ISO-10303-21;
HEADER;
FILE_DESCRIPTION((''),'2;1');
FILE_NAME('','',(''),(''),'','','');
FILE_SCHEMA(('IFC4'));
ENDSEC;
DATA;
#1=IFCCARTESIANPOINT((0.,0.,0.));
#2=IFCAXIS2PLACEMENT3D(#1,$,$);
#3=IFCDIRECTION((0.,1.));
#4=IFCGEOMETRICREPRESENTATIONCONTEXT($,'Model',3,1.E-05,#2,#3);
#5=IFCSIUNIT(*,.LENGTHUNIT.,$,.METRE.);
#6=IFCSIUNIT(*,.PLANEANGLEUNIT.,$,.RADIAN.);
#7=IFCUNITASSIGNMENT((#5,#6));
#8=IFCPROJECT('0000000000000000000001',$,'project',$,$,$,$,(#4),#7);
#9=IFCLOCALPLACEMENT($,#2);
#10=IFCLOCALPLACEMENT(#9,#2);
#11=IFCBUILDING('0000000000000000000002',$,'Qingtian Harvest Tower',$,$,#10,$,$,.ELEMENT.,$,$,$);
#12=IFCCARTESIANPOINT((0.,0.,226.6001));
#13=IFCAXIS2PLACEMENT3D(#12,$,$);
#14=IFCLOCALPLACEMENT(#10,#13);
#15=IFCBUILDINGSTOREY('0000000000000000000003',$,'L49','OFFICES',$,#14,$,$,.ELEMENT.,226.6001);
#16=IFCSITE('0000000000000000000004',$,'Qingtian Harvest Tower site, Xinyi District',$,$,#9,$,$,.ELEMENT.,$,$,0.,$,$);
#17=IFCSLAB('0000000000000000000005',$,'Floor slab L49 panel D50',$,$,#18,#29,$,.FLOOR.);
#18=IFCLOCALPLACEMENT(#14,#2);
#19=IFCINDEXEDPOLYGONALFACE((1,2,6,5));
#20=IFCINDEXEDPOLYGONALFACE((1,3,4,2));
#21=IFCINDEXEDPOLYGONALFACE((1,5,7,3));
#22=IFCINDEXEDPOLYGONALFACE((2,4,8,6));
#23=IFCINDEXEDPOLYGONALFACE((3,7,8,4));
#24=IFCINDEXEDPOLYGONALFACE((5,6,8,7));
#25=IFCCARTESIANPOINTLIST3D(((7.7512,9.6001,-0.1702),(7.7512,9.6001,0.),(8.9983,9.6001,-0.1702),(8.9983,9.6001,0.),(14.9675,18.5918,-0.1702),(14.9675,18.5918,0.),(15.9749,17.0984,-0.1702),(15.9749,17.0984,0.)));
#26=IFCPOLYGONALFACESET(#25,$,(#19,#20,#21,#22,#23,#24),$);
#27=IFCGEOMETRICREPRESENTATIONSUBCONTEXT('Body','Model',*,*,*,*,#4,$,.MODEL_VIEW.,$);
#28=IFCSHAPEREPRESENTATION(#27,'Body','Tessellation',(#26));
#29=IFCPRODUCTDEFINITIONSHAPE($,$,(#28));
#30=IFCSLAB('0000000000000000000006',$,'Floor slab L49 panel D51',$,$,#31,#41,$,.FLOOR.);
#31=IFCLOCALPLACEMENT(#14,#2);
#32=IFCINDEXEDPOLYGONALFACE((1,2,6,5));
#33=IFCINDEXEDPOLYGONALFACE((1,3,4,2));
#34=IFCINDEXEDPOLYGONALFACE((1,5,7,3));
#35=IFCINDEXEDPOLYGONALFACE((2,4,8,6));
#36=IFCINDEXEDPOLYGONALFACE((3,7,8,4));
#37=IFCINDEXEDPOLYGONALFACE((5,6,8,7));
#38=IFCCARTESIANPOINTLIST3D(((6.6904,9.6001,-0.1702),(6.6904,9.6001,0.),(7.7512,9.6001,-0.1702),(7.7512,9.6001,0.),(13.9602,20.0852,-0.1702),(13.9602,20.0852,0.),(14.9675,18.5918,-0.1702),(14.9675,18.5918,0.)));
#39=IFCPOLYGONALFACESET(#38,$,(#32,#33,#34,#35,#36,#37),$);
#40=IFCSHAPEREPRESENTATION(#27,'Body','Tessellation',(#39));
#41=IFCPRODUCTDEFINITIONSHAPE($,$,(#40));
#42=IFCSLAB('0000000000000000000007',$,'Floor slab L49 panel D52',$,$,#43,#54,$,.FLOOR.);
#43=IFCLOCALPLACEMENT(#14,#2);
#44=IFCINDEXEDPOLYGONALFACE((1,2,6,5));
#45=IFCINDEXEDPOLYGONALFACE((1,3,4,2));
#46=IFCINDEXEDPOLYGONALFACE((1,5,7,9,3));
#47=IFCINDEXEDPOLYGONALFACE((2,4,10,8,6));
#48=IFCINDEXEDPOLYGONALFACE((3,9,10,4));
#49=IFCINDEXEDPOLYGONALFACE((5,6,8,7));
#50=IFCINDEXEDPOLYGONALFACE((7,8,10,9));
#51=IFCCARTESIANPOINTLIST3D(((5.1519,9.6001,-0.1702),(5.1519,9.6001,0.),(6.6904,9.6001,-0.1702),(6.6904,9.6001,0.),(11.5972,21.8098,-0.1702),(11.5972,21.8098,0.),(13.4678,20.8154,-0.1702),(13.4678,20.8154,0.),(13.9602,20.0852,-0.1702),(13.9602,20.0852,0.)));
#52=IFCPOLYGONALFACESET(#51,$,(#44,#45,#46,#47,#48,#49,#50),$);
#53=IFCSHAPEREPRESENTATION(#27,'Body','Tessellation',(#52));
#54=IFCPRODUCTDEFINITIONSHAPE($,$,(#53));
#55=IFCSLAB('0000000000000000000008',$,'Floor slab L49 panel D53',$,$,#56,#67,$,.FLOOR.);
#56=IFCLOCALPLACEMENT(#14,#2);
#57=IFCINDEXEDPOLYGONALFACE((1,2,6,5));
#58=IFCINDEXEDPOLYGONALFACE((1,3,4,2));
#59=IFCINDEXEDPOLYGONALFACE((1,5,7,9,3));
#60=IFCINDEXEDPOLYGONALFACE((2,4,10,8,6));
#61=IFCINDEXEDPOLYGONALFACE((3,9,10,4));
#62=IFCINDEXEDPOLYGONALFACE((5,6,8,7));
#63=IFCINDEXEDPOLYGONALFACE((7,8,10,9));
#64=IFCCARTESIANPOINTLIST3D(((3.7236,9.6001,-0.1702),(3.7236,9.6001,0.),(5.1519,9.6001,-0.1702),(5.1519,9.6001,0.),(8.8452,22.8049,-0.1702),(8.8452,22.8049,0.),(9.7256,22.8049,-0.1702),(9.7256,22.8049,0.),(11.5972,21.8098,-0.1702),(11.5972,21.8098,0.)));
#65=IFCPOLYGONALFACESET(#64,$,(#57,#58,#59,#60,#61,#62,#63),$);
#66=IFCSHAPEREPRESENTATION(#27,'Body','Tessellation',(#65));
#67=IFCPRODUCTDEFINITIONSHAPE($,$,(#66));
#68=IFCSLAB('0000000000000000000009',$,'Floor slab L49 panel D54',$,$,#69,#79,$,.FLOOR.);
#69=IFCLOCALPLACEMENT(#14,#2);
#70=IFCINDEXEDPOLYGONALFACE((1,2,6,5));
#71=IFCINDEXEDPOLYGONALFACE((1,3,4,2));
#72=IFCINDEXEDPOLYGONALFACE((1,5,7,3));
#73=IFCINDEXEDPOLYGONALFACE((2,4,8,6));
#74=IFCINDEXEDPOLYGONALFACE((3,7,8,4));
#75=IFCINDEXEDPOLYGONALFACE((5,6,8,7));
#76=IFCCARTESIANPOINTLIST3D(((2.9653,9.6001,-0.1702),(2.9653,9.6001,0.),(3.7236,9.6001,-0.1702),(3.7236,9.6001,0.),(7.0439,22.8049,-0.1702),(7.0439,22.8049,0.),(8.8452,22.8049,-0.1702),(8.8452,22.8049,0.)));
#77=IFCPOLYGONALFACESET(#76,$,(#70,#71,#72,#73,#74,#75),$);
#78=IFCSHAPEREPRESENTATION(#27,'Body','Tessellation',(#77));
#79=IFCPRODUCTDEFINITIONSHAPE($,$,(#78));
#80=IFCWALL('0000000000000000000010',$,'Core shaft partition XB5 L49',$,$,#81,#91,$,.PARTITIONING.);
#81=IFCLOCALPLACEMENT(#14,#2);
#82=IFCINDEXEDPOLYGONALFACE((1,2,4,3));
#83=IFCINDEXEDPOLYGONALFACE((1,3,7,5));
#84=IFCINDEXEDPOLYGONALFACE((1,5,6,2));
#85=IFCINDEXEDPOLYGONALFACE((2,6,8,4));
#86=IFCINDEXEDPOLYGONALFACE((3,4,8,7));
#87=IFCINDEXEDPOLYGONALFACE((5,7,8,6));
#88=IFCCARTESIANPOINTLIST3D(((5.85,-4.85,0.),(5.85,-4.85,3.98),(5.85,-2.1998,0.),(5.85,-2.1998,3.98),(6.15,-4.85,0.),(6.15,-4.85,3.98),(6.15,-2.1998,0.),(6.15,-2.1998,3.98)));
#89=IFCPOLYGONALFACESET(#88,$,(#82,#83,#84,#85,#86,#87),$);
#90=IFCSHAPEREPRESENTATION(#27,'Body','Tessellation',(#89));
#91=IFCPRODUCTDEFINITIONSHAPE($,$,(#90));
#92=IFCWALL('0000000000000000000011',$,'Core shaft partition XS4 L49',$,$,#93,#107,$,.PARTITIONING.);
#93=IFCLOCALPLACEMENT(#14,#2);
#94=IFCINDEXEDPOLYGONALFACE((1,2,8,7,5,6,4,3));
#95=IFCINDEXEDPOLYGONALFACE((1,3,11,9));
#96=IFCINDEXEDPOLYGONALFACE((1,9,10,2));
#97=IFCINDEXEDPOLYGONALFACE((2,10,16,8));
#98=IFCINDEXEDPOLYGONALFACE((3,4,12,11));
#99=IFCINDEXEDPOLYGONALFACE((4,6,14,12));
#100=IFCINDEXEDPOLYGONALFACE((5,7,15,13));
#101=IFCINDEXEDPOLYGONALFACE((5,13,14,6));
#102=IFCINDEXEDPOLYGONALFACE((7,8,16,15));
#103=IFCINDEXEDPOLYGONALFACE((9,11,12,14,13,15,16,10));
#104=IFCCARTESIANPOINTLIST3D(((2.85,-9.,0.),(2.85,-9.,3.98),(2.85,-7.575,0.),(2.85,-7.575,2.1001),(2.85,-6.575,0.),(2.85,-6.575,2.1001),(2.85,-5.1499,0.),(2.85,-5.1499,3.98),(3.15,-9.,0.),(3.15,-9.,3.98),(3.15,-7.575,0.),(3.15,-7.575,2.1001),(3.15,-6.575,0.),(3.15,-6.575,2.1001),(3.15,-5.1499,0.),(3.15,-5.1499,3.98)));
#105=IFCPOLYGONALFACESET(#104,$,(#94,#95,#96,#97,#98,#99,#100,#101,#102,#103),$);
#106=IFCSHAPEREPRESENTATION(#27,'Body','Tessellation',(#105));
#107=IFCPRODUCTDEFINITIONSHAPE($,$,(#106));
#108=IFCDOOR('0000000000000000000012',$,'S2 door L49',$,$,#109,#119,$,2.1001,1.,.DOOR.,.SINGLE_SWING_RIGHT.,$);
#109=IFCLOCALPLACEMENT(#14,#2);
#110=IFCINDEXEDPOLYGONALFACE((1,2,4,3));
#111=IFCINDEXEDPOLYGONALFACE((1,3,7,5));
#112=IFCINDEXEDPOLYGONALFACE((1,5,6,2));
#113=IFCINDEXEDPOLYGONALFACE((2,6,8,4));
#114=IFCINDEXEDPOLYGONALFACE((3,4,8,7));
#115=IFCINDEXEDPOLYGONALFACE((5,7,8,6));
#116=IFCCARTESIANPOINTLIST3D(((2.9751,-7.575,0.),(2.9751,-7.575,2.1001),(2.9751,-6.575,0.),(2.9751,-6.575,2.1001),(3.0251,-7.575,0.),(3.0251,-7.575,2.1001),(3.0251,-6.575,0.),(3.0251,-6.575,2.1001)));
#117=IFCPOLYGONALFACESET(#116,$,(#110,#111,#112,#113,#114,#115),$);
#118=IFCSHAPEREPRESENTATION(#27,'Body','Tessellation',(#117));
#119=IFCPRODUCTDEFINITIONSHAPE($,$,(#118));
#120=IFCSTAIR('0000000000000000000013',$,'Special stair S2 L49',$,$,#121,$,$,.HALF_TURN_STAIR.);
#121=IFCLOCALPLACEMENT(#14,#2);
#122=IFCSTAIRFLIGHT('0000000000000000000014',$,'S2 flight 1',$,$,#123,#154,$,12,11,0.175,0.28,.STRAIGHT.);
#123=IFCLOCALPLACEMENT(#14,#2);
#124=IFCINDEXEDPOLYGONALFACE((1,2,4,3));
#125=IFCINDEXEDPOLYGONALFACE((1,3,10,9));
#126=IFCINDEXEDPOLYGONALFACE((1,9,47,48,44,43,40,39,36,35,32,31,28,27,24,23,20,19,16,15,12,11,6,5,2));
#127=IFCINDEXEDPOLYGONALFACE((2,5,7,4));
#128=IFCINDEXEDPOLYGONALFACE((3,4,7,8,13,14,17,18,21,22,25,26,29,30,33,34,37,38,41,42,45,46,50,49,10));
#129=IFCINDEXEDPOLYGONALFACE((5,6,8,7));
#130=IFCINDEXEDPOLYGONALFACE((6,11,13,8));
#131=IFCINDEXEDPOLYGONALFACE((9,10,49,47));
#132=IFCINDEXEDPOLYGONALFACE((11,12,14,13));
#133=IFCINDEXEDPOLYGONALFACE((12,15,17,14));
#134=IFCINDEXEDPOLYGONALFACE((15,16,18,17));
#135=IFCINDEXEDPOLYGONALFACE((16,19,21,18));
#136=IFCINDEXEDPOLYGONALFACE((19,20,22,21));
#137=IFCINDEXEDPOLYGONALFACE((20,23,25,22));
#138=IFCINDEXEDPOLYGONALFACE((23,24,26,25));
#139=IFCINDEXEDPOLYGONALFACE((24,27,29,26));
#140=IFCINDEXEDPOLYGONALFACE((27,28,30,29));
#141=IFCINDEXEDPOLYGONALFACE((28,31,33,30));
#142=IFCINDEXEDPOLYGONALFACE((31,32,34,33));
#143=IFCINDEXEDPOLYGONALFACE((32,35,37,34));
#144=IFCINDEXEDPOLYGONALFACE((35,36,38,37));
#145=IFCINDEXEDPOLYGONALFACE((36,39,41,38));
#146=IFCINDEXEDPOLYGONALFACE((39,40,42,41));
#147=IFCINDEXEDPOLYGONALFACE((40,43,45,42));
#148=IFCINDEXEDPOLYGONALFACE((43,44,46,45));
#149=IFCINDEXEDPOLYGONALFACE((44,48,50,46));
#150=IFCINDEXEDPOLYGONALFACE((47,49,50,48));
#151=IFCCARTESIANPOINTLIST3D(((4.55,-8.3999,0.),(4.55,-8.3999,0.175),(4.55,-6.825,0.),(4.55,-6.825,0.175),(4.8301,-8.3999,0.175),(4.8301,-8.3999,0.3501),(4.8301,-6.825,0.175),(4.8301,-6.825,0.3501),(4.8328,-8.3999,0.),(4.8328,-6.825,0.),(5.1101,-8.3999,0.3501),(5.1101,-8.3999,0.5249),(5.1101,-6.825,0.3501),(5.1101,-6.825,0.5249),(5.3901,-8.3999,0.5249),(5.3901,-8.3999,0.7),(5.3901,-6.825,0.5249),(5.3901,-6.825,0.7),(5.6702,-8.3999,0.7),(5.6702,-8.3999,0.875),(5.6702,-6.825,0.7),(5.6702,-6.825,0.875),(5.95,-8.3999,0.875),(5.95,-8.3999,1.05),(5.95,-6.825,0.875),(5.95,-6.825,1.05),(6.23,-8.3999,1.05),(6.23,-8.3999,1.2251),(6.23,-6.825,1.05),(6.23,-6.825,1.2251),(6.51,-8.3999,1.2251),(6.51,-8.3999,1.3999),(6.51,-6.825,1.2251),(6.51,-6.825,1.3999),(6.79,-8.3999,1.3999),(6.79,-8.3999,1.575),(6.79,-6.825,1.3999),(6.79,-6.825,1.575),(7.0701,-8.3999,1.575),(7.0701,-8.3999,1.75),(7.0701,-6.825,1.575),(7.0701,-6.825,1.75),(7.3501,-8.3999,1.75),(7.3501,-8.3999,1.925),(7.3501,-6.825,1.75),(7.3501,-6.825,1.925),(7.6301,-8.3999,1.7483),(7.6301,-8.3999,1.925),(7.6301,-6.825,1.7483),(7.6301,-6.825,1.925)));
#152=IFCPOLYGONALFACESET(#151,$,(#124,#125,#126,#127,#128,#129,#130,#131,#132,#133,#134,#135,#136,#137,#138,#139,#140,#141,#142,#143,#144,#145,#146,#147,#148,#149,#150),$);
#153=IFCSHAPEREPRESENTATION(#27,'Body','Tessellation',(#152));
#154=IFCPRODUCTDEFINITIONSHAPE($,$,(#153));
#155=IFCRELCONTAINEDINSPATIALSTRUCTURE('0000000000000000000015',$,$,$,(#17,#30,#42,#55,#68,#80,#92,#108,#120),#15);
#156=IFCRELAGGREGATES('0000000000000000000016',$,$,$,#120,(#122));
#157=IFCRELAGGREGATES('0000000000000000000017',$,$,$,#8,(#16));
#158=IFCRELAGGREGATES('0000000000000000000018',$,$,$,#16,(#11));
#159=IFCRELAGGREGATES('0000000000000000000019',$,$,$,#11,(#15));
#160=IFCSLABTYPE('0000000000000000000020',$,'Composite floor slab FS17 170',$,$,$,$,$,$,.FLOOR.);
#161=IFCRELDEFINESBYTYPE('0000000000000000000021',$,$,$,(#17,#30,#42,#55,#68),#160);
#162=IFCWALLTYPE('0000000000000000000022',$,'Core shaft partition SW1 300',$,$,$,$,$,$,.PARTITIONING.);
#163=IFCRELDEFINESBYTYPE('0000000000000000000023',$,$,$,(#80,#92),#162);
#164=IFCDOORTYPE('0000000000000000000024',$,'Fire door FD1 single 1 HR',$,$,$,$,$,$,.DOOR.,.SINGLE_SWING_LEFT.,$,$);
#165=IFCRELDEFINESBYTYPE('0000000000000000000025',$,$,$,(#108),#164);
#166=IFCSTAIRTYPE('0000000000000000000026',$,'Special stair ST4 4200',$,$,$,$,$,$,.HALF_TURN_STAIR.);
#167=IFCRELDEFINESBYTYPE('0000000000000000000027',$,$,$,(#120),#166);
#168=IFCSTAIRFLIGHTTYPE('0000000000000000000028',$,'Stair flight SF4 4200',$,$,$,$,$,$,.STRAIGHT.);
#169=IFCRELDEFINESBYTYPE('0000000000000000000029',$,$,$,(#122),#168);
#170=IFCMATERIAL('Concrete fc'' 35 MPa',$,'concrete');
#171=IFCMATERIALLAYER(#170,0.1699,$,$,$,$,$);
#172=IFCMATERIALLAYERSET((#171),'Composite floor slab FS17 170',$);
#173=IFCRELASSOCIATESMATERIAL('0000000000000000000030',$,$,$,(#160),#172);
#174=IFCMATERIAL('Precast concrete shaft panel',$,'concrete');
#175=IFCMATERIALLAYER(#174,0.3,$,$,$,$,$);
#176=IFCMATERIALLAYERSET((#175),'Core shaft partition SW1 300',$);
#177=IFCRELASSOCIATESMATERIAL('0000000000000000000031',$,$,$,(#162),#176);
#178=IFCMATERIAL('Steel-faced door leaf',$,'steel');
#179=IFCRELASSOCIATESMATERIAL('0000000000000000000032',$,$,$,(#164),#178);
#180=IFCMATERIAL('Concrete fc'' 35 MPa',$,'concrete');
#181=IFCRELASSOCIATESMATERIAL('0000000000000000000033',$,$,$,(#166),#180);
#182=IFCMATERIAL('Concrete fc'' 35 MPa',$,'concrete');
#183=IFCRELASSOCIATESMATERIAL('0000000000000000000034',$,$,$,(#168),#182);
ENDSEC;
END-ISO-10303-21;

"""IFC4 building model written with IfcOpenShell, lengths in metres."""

from ifc_helpers import new_model, si_unit, direction, frame, frame_2d, origin, place, context, subcontext, project, spatial, polyline, rectangle, outline, extrude, material, layer, layer_set, type_object, element, fill, aggregate, save


model = new_model("IFC4")

# Units and contexts
model_context = context("Model", 3, precision=1e-05, world=origin(), true_north=direction((0.0, 1.0)))
body_context = subcontext(model_context, "Body", "Model", "MODEL_VIEW")
ifc_project = project(units=[si_unit("LENGTHUNIT", "METRE"), si_unit("PLANEANGLEUNIT", "RADIAN")], contexts=[model_context])

# Site, building, storey
site_placement = place(None, origin())
site = spatial("IfcSite", under=ifc_project, at=site_placement, Name="Qingtian Harvest Tower site, Xinyi District", CompositionType="ELEMENT", RefElevation=0.0)
building_placement = place(site_placement, origin())
building = spatial("IfcBuilding", under=site, at=building_placement, Name="Qingtian Harvest Tower", CompositionType="ELEMENT")
storey_placement = place(building_placement, frame((0.0, 0.0, 226.6001)))
storey = spatial("IfcBuildingStorey", under=building, at=storey_placement, Name="L49", Description="OFFICES", CompositionType="ELEMENT", Elevation=226.6001)

# Slabs
ifc_material_1 = material(Name="Concrete fc' 35 MPa", Category="concrete")
ifc_layer_1 = layer(ifc_material_1, 0.1699)
ifc_layer_set_1 = layer_set([ifc_layer_1], Name="Composite floor slab FS17 170")
slab_type = type_object("IfcSlabType", Name="Composite floor slab FS17 170", PredefinedType="FLOOR", material=ifc_layer_set_1)
slab_1_placement = place(storey_placement, frame((0.0, 0.0, -0.1702)))
element("IfcSlab", 1, at=slab_1_placement, inside=storey, type_object=slab_type, Name="Floor slab L49 panel D50", PredefinedType="FLOOR", context=body_context, shape_type="SweptSolid", body=[
    extrude(outline(polyline([(7.7512, 9.6001), (14.9675, 18.5918), (15.9749, 17.0984), (8.9983, 9.6001), (7.7512, 9.6001)])), origin(), (0.0, 0.0, 1.0), 0.1702),
])
slab_2_placement = place(storey_placement, frame((0.0, 0.0, -0.1702)))
element("IfcSlab", 2, at=slab_2_placement, inside=storey, type_object=slab_type, Name="Floor slab L49 panel D51", PredefinedType="FLOOR", context=body_context, shape_type="SweptSolid", body=[
    extrude(outline(polyline([(6.6904, 9.6001), (13.9602, 20.0852), (14.9675, 18.5918), (7.7512, 9.6001), (6.6904, 9.6001)])), origin(), (0.0, 0.0, 1.0), 0.1702),
])
slab_3_placement = place(storey_placement, frame((0.0, 0.0, -0.1702)))
element("IfcSlab", 3, at=slab_3_placement, inside=storey, type_object=slab_type, Name="Floor slab L49 panel D52", PredefinedType="FLOOR", context=body_context, shape_type="SweptSolid", body=[
    extrude(outline(polyline([(6.6904, 9.6001), (5.1519, 9.6001), (11.5972, 21.8098), (13.4678, 20.8154), (13.9602, 20.0852), (6.6904, 9.6001)])), origin(), (0.0, 0.0, 1.0), 0.1702),
])
slab_4_placement = place(storey_placement, frame((0.0, 0.0, -0.1702)))
element("IfcSlab", 4, at=slab_4_placement, inside=storey, type_object=slab_type, Name="Floor slab L49 panel D53", PredefinedType="FLOOR", context=body_context, shape_type="SweptSolid", body=[
    extrude(outline(polyline([(3.7236, 9.6001), (8.8452, 22.8049), (9.7256, 22.8049), (11.5972, 21.8098), (5.1519, 9.6001), (3.7236, 9.6001)])), origin(), (0.0, 0.0, 1.0), 0.1702),
])
slab_5_placement = place(storey_placement, frame((0.0, 0.0, -0.1702)))
element("IfcSlab", 5, at=slab_5_placement, inside=storey, type_object=slab_type, Name="Floor slab L49 panel D54", PredefinedType="FLOOR", context=body_context, shape_type="SweptSolid", body=[
    extrude(outline(polyline([(2.9653, 9.6001), (7.0439, 22.8049), (8.8452, 22.8049), (3.7236, 9.6001), (2.9653, 9.6001)])), origin(), (0.0, 0.0, 1.0), 0.1702),
])

# Wall
ifc_material_2 = material(Name="Precast concrete shaft panel", Category="concrete")
ifc_layer_2 = layer(ifc_material_2, 0.3)
ifc_layer_set_2 = layer_set([ifc_layer_2], Name="Core shaft partition SW1 300")
wall_type_1 = type_object("IfcWallType", Name="Core shaft partition SW1 300", PredefinedType="PARTITIONING", material=ifc_layer_set_2)
wall_1_placement = place(storey_placement, frame((6.0, -4.8501, 0.0), z_axis=(0.0, 0.0, 1.0), x_axis=(0.0, 1.0, 0.0)))
element("IfcWall", 6, at=wall_1_placement, inside=storey, type_object=wall_type_1, Name="Core shaft partition XB5 L49", PredefinedType="PARTITIONING", context=body_context, shape_type="SweptSolid", body=[
    extrude(rectangle(XDim=2.6501, YDim=0.3, at=frame_2d((1.3252, 0.0))), origin(), (0.0, 0.0, 1.0), 3.98),
])

# Wall, opening, door
wall_2_placement = place(storey_placement, frame((3.0, -9.0, 0.0), z_axis=(0.0, 0.0, 1.0), x_axis=(0.0, 1.0, 0.0)))
wall_2 = element("IfcWall", 7, at=wall_2_placement, inside=storey, type_object=wall_type_1, Name="Core shaft partition XS4 L49", PredefinedType="PARTITIONING", context=body_context, shape_type="SweptSolid", body=[
    extrude(rectangle(XDim=3.8501, YDim=0.3, at=frame_2d((1.925, 0.0))), origin(), (0.0, 0.0, 1.0), 3.98),
])
opening_1_placement = place(wall_2_placement, frame((1.425, 0.0, 0.0)))
opening_1 = element("IfcOpeningElement", 8, at=opening_1_placement, cuts=wall_2, PredefinedType="OPENING", context=body_context, shape_type="SweptSolid", body=[
    extrude(rectangle(XDim=1.0, YDim=2.1001, at=frame_2d((0.5, 1.05))), frame((0.0, 0.1599, 0.0), z_axis=(0.0, -1.0, 0.0), x_axis=(1.0, 0.0, 0.0)), (0.0, 0.0, 1.0), 0.3201),
])
ifc_material_3 = material(Name="Steel-faced door leaf", Category="steel")
door_type_1 = type_object("IfcDoorType", Name="Fire door FD1 single 1 HR", OperationType="SINGLE_SWING_LEFT", PredefinedType="DOOR", material=ifc_material_3)
door_1_placement = place(opening_1_placement, origin())
door_1 = element("IfcDoor", 9, at=door_1_placement, inside=storey, type_object=door_type_1, Name="S2 door L49", OperationType="SINGLE_SWING_RIGHT", OverallHeight=2.1001, OverallWidth=1.0, PredefinedType="DOOR", context=body_context, shape_type="SweptSolid", body=[
    extrude(rectangle(XDim=1.0, YDim=2.1001, at=frame_2d((0.5, 1.05))), frame((0.0, 0.0249, 0.0), z_axis=(0.0, -1.0, 0.0), x_axis=(1.0, 0.0, 0.0)), (0.0, 0.0, 1.0), 0.05),
])
fill(opening_1, door_1)

# Stair, stair flight
ifc_material_4 = material(Name="Concrete fc' 35 MPa", Category="concrete")
stair_type = type_object("IfcStairType", Name="Special stair ST4 4200", PredefinedType="HALF_TURN_STAIR", material=ifc_material_4)
stair_placement = place(storey_placement, origin())
stair = element("IfcStair", 10, at=stair_placement, inside=storey, type_object=stair_type, Name="Special stair S2 L49", PredefinedType="HALF_TURN_STAIR")
ifc_material_5 = material(Name="Concrete fc' 35 MPa", Category="concrete")
stair_flight_type = type_object("IfcStairFlightType", Name="Stair flight SF4 4200", PredefinedType="STRAIGHT", material=ifc_material_5)
stair_flight_1_placement = place(storey_placement, frame((4.55, -7.6125, 0.0), z_axis=(0.0, 0.0, 1.0), x_axis=(1.0, 0.0, 0.0)))
stair_flight_1 = element("IfcStairFlight", 11, at=stair_flight_1_placement, type_object=stair_flight_type, Name="S2 flight 1", NumberOfRisers=12, NumberOfTreads=11, PredefinedType="STRAIGHT", RiserHeight=0.175, TreadLength=0.28, context=body_context, shape_type="SweptSolid", body=[
    extrude(outline(polyline([(0.0, 0.0), (0.0, 0.175), (0.28, 0.175), (0.28, 0.3501), (0.5601, 0.3501), (0.5601, 0.5249), (0.8401, 0.5249), (0.8401, 0.7), (1.1201, 0.7), (1.1201, 0.875), (1.3999, 0.875), (1.3999, 1.05), (1.6799, 1.05), (1.6799, 1.2251), (1.96, 1.2251), (1.96, 1.3999), (2.24, 1.3999), (2.24, 1.575), (2.52, 1.575), (2.52, 1.75), (2.8, 1.75), (2.8, 1.925), (3.0801, 1.925), (3.0801, 2.1001), (3.0801, 1.7483), (0.2827, 0.0), (0.0, 0.0)])), frame((0.0, 0.7876, 0.0), z_axis=(0.0, -1.0, 0.0), x_axis=(1.0, 0.0, 0.0)), (0.0, 0.0, 1.0), 1.575),
])
aggregate(stair, [stair_flight_1])

save(model, "model.ifc")
